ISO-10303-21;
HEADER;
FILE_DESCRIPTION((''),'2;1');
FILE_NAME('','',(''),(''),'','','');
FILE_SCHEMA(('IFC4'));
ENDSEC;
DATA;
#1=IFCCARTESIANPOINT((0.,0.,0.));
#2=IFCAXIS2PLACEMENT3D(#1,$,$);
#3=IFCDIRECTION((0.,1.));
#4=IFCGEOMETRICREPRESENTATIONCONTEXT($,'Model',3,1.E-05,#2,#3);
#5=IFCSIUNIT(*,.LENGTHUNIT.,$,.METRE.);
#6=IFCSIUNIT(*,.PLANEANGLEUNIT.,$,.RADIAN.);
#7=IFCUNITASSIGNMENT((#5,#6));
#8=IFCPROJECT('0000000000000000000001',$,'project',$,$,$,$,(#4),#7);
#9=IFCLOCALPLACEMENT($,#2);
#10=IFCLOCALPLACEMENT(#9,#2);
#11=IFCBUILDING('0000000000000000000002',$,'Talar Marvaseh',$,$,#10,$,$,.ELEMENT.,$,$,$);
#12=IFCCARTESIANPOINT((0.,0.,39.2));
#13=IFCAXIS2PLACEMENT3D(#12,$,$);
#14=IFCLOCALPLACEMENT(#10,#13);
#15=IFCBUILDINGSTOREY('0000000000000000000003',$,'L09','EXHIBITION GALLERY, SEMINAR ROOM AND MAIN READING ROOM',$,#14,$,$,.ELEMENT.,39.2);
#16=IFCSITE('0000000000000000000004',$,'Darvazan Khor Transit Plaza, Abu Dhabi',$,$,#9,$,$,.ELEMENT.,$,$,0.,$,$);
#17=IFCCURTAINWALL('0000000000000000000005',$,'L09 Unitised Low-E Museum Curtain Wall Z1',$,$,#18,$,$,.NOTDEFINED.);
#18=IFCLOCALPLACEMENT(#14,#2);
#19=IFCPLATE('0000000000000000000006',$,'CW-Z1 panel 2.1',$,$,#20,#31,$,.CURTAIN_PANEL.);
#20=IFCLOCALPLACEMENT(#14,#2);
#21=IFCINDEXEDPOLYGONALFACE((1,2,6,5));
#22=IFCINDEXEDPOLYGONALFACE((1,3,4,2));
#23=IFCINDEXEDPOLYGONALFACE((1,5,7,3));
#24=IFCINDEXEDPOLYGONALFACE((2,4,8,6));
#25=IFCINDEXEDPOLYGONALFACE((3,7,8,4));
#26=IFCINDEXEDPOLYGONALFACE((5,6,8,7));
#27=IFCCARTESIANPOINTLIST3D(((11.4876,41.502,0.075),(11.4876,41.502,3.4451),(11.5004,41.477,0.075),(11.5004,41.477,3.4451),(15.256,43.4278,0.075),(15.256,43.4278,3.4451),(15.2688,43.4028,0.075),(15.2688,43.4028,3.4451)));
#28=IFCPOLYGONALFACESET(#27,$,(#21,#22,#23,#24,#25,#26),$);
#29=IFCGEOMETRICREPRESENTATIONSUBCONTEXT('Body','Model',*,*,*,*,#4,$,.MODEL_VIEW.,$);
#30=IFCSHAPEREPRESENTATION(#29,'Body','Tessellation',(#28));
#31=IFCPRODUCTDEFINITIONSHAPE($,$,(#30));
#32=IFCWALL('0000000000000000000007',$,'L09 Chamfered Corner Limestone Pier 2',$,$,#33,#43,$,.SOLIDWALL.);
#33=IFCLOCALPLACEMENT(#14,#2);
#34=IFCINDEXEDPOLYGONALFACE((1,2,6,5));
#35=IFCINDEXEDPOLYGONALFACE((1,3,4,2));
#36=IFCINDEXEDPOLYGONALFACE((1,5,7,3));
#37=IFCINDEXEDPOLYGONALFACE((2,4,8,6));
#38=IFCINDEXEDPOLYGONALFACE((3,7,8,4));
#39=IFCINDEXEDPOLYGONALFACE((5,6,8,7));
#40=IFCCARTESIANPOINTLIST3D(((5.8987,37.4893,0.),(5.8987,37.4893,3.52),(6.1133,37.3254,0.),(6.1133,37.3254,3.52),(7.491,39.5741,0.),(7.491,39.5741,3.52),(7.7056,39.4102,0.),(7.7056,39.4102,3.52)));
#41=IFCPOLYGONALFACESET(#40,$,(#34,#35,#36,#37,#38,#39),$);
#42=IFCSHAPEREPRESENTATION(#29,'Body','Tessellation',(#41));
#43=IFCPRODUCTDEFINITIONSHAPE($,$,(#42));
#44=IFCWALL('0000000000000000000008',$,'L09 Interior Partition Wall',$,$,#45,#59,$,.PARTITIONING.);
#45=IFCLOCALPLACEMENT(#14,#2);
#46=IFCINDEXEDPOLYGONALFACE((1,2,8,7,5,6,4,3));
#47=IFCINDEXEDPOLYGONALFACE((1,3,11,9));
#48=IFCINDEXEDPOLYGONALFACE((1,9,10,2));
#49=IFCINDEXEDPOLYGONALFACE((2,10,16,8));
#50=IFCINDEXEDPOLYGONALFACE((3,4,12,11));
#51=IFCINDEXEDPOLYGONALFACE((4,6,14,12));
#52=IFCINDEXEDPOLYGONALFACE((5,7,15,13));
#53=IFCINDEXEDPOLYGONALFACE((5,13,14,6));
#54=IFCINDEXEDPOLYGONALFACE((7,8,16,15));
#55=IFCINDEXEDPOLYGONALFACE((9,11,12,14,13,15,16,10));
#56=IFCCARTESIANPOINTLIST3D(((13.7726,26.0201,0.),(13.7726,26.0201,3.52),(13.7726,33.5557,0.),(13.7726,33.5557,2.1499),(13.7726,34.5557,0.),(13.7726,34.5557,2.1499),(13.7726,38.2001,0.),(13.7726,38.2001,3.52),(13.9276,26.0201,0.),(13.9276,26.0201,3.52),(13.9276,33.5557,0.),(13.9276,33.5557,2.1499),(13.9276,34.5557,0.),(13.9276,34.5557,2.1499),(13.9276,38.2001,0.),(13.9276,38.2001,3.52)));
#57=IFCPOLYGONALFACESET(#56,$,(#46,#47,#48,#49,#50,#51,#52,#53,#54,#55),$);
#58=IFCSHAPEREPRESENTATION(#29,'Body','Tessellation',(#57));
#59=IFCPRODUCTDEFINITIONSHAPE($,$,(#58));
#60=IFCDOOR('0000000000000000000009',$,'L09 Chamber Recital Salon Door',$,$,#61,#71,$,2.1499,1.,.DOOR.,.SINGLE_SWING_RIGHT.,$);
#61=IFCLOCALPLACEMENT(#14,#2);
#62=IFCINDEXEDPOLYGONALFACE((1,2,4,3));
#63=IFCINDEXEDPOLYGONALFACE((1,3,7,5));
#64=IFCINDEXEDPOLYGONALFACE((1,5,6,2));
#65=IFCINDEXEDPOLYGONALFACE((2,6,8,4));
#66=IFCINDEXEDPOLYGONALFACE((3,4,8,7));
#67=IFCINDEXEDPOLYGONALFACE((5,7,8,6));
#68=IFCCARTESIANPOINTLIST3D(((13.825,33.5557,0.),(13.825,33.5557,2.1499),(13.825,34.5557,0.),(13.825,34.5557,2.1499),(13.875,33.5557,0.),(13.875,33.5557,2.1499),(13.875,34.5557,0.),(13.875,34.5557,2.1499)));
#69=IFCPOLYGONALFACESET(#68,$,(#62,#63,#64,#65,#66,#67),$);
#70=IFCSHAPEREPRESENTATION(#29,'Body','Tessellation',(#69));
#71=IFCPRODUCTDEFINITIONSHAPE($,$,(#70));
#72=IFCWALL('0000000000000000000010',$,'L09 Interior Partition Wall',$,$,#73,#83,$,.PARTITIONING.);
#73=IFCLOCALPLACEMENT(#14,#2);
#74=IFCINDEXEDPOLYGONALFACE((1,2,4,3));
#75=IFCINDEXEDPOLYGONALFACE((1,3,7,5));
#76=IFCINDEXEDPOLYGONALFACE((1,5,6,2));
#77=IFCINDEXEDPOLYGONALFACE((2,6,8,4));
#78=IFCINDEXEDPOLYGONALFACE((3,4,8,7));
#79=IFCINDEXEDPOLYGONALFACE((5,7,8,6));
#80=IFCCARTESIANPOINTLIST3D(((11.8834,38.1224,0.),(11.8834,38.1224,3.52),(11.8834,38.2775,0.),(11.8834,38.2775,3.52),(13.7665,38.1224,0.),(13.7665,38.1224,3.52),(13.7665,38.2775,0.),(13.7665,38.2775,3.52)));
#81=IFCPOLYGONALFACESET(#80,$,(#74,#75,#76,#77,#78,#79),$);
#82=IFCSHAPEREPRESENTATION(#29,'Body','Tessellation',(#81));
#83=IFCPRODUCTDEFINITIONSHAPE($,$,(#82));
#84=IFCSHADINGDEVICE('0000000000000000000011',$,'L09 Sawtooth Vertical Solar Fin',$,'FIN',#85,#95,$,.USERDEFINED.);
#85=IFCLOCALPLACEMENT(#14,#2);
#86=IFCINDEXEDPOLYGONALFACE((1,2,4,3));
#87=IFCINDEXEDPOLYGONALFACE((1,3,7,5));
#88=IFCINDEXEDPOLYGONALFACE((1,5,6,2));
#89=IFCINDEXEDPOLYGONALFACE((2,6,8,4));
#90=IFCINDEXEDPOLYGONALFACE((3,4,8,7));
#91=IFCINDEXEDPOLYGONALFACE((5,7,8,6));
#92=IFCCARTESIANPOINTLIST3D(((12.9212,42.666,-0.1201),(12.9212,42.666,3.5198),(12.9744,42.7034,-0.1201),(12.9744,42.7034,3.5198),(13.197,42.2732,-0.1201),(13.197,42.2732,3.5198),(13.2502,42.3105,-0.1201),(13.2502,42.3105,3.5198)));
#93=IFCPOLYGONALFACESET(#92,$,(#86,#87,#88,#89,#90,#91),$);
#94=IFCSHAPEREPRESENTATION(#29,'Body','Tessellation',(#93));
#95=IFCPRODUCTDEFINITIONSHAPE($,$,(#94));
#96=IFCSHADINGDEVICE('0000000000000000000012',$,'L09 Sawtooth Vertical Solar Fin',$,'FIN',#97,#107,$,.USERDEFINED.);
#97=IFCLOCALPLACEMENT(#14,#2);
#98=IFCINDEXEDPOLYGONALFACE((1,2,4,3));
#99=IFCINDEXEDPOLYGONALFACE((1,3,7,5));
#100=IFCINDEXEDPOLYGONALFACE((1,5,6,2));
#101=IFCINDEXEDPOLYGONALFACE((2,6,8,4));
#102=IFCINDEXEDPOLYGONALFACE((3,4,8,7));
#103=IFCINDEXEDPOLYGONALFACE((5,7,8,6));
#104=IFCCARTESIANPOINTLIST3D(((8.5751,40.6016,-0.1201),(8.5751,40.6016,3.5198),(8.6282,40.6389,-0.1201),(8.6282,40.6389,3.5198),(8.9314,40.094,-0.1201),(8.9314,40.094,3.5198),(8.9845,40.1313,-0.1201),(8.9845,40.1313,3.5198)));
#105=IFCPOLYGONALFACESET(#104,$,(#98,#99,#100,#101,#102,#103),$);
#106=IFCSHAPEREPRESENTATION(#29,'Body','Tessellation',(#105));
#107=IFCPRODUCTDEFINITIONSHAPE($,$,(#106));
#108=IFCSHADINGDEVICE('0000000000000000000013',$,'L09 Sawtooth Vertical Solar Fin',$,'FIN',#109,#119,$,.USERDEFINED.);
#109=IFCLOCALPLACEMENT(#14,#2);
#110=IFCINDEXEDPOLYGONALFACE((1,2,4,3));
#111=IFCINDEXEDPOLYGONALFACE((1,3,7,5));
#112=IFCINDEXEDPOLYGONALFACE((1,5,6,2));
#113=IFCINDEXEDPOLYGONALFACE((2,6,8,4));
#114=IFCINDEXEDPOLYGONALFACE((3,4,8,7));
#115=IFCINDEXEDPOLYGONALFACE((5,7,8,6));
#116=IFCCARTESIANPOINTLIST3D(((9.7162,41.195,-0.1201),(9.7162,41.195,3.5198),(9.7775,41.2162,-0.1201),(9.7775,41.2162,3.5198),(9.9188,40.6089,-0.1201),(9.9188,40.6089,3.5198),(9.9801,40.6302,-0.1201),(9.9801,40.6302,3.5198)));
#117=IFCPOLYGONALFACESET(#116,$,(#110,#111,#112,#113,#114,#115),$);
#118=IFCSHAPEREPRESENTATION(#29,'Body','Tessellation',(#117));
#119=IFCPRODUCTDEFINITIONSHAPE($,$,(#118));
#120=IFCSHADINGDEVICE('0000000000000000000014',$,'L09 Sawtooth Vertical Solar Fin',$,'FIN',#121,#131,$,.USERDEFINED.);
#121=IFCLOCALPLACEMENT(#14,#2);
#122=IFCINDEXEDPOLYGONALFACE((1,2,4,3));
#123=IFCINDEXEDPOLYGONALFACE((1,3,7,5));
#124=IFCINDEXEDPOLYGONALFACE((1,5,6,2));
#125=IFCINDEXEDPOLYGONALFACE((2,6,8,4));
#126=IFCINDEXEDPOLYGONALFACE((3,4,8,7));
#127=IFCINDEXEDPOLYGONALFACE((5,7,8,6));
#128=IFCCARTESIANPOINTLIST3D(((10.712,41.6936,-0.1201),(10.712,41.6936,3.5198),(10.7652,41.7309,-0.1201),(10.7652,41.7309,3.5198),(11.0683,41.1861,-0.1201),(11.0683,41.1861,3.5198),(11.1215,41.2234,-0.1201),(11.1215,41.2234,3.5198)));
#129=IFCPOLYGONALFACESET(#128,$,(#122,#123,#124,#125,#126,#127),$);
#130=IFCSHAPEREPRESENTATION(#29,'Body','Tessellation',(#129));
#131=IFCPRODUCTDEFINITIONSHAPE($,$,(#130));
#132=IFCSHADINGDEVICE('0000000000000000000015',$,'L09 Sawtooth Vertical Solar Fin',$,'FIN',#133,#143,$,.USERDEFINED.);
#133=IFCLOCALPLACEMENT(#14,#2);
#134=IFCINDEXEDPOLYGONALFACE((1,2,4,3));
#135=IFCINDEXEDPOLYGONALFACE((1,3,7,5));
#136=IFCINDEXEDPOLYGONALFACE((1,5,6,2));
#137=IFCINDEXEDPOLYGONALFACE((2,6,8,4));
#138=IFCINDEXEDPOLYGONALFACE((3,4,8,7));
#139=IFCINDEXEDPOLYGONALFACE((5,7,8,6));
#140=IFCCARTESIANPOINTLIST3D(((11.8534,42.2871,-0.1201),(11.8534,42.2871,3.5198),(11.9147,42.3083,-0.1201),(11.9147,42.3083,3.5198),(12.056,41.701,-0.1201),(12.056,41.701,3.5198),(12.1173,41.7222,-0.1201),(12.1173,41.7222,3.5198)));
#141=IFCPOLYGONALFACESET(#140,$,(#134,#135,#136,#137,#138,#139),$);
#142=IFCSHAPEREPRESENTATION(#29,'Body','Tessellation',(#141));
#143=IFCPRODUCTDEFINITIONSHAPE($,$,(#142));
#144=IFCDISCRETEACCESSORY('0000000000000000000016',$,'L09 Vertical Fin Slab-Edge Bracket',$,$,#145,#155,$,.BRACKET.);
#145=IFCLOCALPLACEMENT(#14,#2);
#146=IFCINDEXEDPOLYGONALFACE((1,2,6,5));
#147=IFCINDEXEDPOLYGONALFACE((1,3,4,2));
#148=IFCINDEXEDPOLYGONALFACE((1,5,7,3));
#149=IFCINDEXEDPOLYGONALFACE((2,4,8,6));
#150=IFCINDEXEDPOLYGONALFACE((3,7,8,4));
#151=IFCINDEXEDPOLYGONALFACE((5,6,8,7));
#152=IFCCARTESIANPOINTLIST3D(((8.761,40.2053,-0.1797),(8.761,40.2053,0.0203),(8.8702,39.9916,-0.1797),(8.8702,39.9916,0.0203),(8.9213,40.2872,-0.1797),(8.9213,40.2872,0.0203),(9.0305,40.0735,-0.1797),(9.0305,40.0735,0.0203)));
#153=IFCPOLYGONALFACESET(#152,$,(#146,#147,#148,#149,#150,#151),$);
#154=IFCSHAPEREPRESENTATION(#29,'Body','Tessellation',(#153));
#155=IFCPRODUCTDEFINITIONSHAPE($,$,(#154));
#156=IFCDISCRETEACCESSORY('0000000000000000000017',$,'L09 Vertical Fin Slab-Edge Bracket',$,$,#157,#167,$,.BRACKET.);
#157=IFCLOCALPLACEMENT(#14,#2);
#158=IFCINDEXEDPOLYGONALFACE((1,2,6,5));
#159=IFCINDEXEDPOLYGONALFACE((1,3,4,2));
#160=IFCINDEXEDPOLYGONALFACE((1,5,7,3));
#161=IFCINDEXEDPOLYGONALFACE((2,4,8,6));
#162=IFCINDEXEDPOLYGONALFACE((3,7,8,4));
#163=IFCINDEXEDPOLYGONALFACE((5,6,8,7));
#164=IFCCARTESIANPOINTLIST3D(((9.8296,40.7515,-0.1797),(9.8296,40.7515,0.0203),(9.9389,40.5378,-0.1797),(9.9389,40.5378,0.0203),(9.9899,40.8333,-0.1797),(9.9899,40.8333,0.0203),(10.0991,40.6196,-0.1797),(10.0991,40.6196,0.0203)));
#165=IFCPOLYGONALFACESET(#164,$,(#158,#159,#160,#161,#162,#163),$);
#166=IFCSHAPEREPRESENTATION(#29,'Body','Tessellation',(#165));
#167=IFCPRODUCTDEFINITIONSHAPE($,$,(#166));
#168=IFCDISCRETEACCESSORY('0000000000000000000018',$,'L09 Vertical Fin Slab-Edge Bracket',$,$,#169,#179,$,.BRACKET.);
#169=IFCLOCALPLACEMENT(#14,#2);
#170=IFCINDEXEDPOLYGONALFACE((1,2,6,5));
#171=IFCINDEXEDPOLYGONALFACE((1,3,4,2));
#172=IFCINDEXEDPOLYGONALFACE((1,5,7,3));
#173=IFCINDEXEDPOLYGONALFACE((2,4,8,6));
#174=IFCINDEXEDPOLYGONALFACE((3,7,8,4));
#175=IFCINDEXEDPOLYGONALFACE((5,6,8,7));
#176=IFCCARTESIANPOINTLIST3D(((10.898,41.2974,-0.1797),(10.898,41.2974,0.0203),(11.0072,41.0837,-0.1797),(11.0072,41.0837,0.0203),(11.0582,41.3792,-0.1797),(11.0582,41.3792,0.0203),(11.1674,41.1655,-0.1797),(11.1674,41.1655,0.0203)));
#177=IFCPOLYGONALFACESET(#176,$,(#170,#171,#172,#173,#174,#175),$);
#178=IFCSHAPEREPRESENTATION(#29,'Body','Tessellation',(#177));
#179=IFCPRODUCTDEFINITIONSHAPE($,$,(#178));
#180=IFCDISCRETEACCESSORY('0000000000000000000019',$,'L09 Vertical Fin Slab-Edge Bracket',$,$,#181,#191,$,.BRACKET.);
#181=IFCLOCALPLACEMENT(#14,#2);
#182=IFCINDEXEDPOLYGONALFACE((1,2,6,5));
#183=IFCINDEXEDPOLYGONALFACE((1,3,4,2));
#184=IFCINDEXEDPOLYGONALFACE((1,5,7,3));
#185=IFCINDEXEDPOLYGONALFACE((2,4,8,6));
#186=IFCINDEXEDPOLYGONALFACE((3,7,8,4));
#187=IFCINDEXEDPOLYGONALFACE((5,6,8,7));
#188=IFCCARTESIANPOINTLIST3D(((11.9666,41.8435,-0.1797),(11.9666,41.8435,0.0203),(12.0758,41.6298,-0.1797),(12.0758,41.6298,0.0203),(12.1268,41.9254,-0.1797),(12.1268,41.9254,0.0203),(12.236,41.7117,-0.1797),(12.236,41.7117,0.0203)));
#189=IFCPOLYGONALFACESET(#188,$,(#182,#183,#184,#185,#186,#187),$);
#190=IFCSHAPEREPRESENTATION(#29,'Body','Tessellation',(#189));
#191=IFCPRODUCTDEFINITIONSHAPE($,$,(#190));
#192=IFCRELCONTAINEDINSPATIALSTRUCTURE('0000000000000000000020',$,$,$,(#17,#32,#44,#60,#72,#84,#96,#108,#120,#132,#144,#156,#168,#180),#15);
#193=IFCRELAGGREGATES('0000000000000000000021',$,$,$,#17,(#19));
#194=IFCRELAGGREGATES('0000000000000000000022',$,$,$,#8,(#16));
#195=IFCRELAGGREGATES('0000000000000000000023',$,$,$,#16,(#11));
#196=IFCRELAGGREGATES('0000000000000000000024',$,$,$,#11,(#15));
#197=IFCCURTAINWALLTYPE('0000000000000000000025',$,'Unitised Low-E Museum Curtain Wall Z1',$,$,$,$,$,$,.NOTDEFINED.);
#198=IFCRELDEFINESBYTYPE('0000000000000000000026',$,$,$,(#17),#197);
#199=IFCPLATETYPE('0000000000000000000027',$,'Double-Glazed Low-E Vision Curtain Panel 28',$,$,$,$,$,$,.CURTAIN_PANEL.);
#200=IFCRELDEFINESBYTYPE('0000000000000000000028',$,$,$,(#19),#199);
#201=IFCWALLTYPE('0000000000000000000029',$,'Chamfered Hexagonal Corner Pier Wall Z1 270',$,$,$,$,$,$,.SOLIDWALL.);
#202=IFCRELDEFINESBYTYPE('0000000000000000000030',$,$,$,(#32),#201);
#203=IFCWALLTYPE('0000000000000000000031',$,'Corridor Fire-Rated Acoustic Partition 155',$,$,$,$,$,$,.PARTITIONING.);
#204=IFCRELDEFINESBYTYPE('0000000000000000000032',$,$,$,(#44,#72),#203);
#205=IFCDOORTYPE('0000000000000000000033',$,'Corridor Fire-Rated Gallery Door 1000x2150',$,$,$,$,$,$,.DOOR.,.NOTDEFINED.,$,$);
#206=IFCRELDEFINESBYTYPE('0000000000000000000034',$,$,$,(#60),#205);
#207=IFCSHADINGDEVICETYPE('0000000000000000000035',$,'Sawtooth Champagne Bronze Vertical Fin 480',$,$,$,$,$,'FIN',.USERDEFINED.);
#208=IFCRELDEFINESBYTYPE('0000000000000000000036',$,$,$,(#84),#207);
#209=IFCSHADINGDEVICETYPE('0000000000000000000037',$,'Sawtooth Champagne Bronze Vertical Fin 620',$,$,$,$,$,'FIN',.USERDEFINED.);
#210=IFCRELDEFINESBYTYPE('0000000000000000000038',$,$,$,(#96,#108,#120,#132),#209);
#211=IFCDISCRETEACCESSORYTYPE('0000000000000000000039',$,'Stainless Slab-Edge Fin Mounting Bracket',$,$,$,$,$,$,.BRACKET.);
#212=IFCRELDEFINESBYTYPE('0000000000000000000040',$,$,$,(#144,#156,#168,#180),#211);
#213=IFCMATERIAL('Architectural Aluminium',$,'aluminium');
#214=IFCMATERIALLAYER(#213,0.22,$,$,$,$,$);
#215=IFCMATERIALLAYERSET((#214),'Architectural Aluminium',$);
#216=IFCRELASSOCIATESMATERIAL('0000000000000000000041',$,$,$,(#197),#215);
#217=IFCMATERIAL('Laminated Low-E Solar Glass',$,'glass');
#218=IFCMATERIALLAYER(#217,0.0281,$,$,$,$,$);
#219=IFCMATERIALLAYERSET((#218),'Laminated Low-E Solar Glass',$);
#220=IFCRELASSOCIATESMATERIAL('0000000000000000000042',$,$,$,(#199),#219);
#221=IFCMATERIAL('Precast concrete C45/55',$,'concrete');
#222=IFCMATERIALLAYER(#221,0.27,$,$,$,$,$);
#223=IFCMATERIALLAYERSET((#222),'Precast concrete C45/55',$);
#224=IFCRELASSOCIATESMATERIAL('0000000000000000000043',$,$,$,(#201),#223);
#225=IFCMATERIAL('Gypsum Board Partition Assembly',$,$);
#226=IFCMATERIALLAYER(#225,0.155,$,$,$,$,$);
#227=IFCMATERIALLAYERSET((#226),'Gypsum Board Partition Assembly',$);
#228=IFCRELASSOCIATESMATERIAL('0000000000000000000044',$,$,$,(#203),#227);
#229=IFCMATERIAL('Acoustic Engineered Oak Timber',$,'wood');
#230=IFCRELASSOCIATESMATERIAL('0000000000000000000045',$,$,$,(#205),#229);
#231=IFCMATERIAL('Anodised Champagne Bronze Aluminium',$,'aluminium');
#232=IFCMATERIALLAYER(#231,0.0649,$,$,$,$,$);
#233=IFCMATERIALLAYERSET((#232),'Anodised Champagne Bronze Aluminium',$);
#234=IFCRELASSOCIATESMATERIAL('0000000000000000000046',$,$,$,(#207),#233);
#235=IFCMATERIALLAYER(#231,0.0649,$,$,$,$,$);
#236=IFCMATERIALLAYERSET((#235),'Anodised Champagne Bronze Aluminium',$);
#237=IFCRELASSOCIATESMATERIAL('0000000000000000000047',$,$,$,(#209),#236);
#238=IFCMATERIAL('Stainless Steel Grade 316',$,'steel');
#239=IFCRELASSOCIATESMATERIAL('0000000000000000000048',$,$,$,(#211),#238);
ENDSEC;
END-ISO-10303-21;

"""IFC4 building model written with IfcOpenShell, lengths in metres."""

from ifc_helpers import new_model, si_unit, direction, frame, frame_2d, origin, origin_2d, place, context, subcontext, project, spatial, rectangle, extrude, source, transform, mapped, material, layer, layer_set, type_object, type_shapes, element, fill, aggregate, save


model = new_model("IFC4")

# Units and contexts
model_context = context("Model", 3, precision=1e-05, world=origin(), true_north=direction((0.0, 1.0)))
body_context = subcontext(model_context, "Body", "Model", "MODEL_VIEW")
ifc_project = project(units=[si_unit("LENGTHUNIT", "METRE"), si_unit("PLANEANGLEUNIT", "RADIAN")], contexts=[model_context])

# Site, building, storey
site_placement = place(None, origin())
site = spatial("IfcSite", under=ifc_project, at=site_placement, Name="Darvazan Khor Transit Plaza, Abu Dhabi", CompositionType="ELEMENT", RefElevation=0.0)
building_placement = place(site_placement, origin())
building = spatial("IfcBuilding", under=site, at=building_placement, Name="Talar Marvaseh", CompositionType="ELEMENT")
storey_placement = place(building_placement, frame((0.0, 0.0, 39.2)))
storey = spatial("IfcBuildingStorey", under=building, at=storey_placement, Name="L09", Description="EXHIBITION GALLERY, SEMINAR ROOM AND MAIN READING ROOM", CompositionType="ELEMENT", Elevation=39.2)

# Shared definitions
ifc_material_1 = material(Name="Architectural Aluminium", Category="aluminium")
ifc_layer_1 = layer(ifc_material_1, 0.22)
ifc_layer_set_1 = layer_set([ifc_layer_1], Name="Architectural Aluminium")
curtain_wall_type = type_object("IfcCurtainWallType", Name="Unitised Low-E Museum Curtain Wall Z1", PredefinedType="NOTDEFINED", material=ifc_layer_set_1)

# Curtain wall, plate
curtain_wall_1_placement = place(storey_placement, origin())
curtain_wall_1 = element("IfcCurtainWall", 1, at=curtain_wall_1_placement, inside=storey, type_object=curtain_wall_type, Name="L09 Unitised Low-E Museum Curtain Wall Z1", PredefinedType="NOTDEFINED")
ifc_material_2 = material(Name="Laminated Low-E Solar Glass", Category="glass")
ifc_layer_2 = layer(ifc_material_2, 0.0281)
ifc_layer_set_2 = layer_set([ifc_layer_2], Name="Laminated Low-E Solar Glass")
plate_type = type_object("IfcPlateType", Name="Double-Glazed Low-E Vision Curtain Panel 28", PredefinedType="CURTAIN_PANEL", material=ifc_layer_set_2)
shared_shape_1 = source(origin(), body_context, "Body", "SweptSolid", [
    extrude(rectangle(XDim=4.2319, YDim=0.0281, at=origin_2d()), origin(), (0.0, 0.0, 1.0), 3.3701),
])
plate_1_placement = place(storey_placement, frame((13.3782, 42.4524, 0.075), z_axis=(0.0, 0.0, 1.0), x_axis=(0.890469, 0.455044, 0.0)))
plate_1 = element("IfcPlate", 2, at=plate_1_placement, type_object=plate_type, Name="CW-Z1 panel 2.1", PredefinedType="CURTAIN_PANEL", context=body_context, shape_type="MappedRepresentation", body=[
    mapped(shared_shape_1, transform((0.0, 0.0, 0.0), x_axis=(1.0, 0.0, 0.0), y_axis=(0.0, 1.0, 0.0), z_axis=(0.0, 0.0, 1.0), scale=1.0)),
])
aggregate(curtain_wall_1, [plate_1])

# Wall
ifc_material_3 = material(Name="Precast concrete C45/55", Category="concrete")
ifc_layer_3 = layer(ifc_material_3, 0.27)
ifc_layer_set_3 = layer_set([ifc_layer_3], Name="Precast concrete C45/55")
wall_type_1 = type_object("IfcWallType", Name="Chamfered Hexagonal Corner Pier Wall Z1 270", PredefinedType="SOLIDWALL", material=ifc_layer_set_3)
wall_1_placement = place(storey_placement, frame((6.0061, 37.4075, 0.0), z_axis=(0.0, 0.0, 1.0), x_axis=(0.606991, 0.794709, 0.0)))
element("IfcWall", 3, at=wall_1_placement, inside=storey, type_object=wall_type_1, Name="L09 Chamfered Corner Limestone Pier 2", PredefinedType="SOLIDWALL", context=body_context, shape_type="SweptSolid", body=[
    extrude(rectangle(XDim=2.6233, YDim=0.27, at=frame_2d((1.3115, 0.0))), origin(), (0.0, 0.0, 1.0), 3.52),
])

# Wall, opening, door
ifc_material_4 = material(Name="Gypsum Board Partition Assembly")
ifc_layer_4 = layer(ifc_material_4, 0.155)
ifc_layer_set_4 = layer_set([ifc_layer_4], Name="Gypsum Board Partition Assembly")
wall_type_2 = type_object("IfcWallType", Name="Corridor Fire-Rated Acoustic Partition 155", PredefinedType="PARTITIONING", material=ifc_layer_set_4)
wall_2_placement = place(storey_placement, frame((13.8501, 38.2, 0.0), z_axis=(0.0, 0.0, 1.0), x_axis=(0.0, -1.0, 0.0)))
wall_2 = element("IfcWall", 4, at=wall_2_placement, inside=storey, type_object=wall_type_2, Name="L09 Interior Partition Wall", PredefinedType="PARTITIONING", context=body_context, shape_type="SweptSolid", body=[
    extrude(rectangle(XDim=12.1799, YDim=0.155, at=frame_2d((6.0898, 0.0))), origin(), (0.0, 0.0, 1.0), 3.52),
])
opening_placement = place(wall_2_placement, frame((3.6443, 0.0, 0.0)))
opening = element("IfcOpeningElement", 5, at=opening_placement, cuts=wall_2, PredefinedType="OPENING", context=body_context, shape_type="SweptSolid", body=[
    extrude(rectangle(XDim=1.0, YDim=2.1499, at=frame_2d((0.5, 1.075))), frame((0.0, 0.0874, 0.0), z_axis=(0.0, -1.0, 0.0), x_axis=(1.0, 0.0, 0.0)), (0.0, 0.0, 1.0), 0.175),
])
ifc_material_5 = material(Name="Acoustic Engineered Oak Timber", Category="wood")
door_type = type_object("IfcDoorType", Name="Corridor Fire-Rated Gallery Door 1000x2150", OperationType="NOTDEFINED", PredefinedType="DOOR", material=ifc_material_5)
shared_shape_2 = source(origin(), body_context, "Body", "SweptSolid", [
    extrude(rectangle(XDim=1.0, YDim=2.1499, at=frame_2d((0.5, 1.075))), frame((0.0, 0.0249, 0.0), z_axis=(0.0, -1.0, 0.0), x_axis=(1.0, 0.0, 0.0)), (0.0, 0.0, 1.0), 0.05),
])
type_shapes(door_type, [shared_shape_2])
door_placement = place(opening_placement, origin())
door = element("IfcDoor", 6, at=door_placement, inside=storey, type_object=door_type, Name="L09 Chamber Recital Salon Door", OperationType="SINGLE_SWING_RIGHT", OverallHeight=2.1499, OverallWidth=1.0, PredefinedType="DOOR", context=body_context, shape_type="MappedRepresentation", body=[
    mapped(shared_shape_2, transform((0.0, 0.0, 0.0), x_axis=(1.0, 0.0, 0.0), y_axis=(0.0, 1.0, 0.0), z_axis=(0.0, 0.0, 1.0), scale=1.0)),
])
fill(opening, door)

# Wall
wall_3_placement = place(storey_placement, frame((11.8835, 38.2, 0.0), z_axis=(0.0, 0.0, 1.0), x_axis=(1.0, 0.0, 0.0)))
element("IfcWall", 7, at=wall_3_placement, inside=storey, type_object=wall_type_2, Name="L09 Interior Partition Wall", PredefinedType="PARTITIONING", context=body_context, shape_type="SweptSolid", body=[
    extrude(rectangle(XDim=1.8831, YDim=0.155, at=frame_2d((0.9414, 0.0))), origin(), (0.0, 0.0, 1.0), 3.52),
])

# Shading devices
ifc_material_6 = material(Name="Anodised Champagne Bronze Aluminium", Category="aluminium")
ifc_layer_5 = layer(ifc_material_6, 0.0649)
ifc_layer_set_5 = layer_set([ifc_layer_5], Name="Anodised Champagne Bronze Aluminium")
shading_device_type_1 = type_object("IfcShadingDeviceType", Name="Sawtooth Champagne Bronze Vertical Fin 480", ElementType="FIN", PredefinedType="USERDEFINED", material=ifc_layer_set_5)
shared_shape_3 = source(origin(), body_context, "Body", "SweptSolid", [
    extrude(rectangle(XDim=0.48, YDim=0.0649, at=origin_2d()), origin(), (0.0, 0.0, 1.0), 3.6399),
])
type_shapes(shading_device_type_1, [shared_shape_3])
shading_device_placement = place(storey_placement, frame((13.0857, 42.4883, -0.1201), z_axis=(0.0, 0.0, 1.0), x_axis=(-0.574577, 0.818451, 0.0)))
element("IfcShadingDevice", 8, at=shading_device_placement, inside=storey, type_object=shading_device_type_1, Name="L09 Sawtooth Vertical Solar Fin", ObjectType="FIN", PredefinedType="USERDEFINED", context=body_context, shape_type="MappedRepresentation", body=[
    mapped(shared_shape_3, transform((0.0, 0.0, 0.0), x_axis=(1.0, 0.0, 0.0), y_axis=(0.0, 1.0, 0.0), z_axis=(0.0, 0.0, 1.0), scale=1.0)),
])
ifc_layer_6 = layer(ifc_material_6, 0.0649)
ifc_layer_set_6 = layer_set([ifc_layer_6], Name="Anodised Champagne Bronze Aluminium")
shading_device_type_2 = type_object("IfcShadingDeviceType", Name="Sawtooth Champagne Bronze Vertical Fin 620", ElementType="FIN", PredefinedType="USERDEFINED", material=ifc_layer_set_6)
shared_shape_4 = source(origin(), body_context, "Body", "SweptSolid", [
    extrude(rectangle(XDim=0.6201, YDim=0.0649, at=origin_2d()), origin(), (0.0, 0.0, 1.0), 3.6399),
])
type_shapes(shading_device_type_2, [shared_shape_4])
for number, where, z_axis, x_axis, name in (
    (9, (8.7798, 40.3665, -0.1201), (0.0, 0.0, 1.0), (-0.574577, 0.818451, 0.0), "L09 Sawtooth Vertical Solar Fin"),
    (10, (9.8481, 40.9126, -0.1201), (0.0, 0.0, 1.0), (-0.326723, 0.94512, 0.0), "L09 Sawtooth Vertical Solar Fin"),
    (11, (10.9167, 41.4585, -0.1201), (0.0, 0.0, 1.0), (-0.574577, 0.818451, 0.0), "L09 Sawtooth Vertical Solar Fin"),
    (12, (11.9854, 42.0046, -0.1201), (0.0, 0.0, 1.0), (-0.326723, 0.94512, 0.0), "L09 Sawtooth Vertical Solar Fin"),
):
    element("IfcShadingDevice", number, at=place(storey_placement, frame(where, z_axis=z_axis, x_axis=x_axis)), inside=storey, type_object=shading_device_type_2, Name=name, ObjectType="FIN", PredefinedType="USERDEFINED", context=body_context, shape_type="MappedRepresentation", body=[
        mapped(shared_shape_4, transform((0.0, 0.0, 0.0), x_axis=(1.0, 0.0, 0.0), y_axis=(0.0, 1.0, 0.0), z_axis=(0.0, 0.0, 1.0), scale=1.0)),
    ])

# Discrete accessories
ifc_material_7 = material(Name="Stainless Steel Grade 316", Category="steel")
discrete_accessory_type = type_object("IfcDiscreteAccessoryType", Name="Stainless Slab-Edge Fin Mounting Bracket", PredefinedType="BRACKET", material=ifc_material_7)
shared_shape_5 = source(origin(), body_context, "Body", "SweptSolid", [
    extrude(rectangle(XDim=0.24, YDim=0.1799, at=origin_2d()), origin(), (0.0, 0.0, 1.0), 0.2),
])
type_shapes(discrete_accessory_type, [shared_shape_5])
for number, where, z_axis, x_axis, name in (
    (13, (8.8958, 40.1394, -0.1797), (0.0, 0.0, 1.0), (-0.455079, 0.890451, 0.0), "L09 Vertical Fin Slab-Edge Bracket"),
    (14, (9.9644, 40.6855, -0.1797), (0.0, 0.0, 1.0), (-0.455079, 0.890451, 0.0), "L09 Vertical Fin Slab-Edge Bracket"),
    (15, (11.0327, 41.2314, -0.1797), (0.0, 0.0, 1.0), (-0.455079, 0.890451, 0.0), "L09 Vertical Fin Slab-Edge Bracket"),
    (16, (12.1013, 41.7776, -0.1797), (0.0, 0.0, 1.0), (-0.455079, 0.890451, 0.0), "L09 Vertical Fin Slab-Edge Bracket"),
):
    element("IfcDiscreteAccessory", number, at=place(storey_placement, frame(where, z_axis=z_axis, x_axis=x_axis)), inside=storey, type_object=discrete_accessory_type, Name=name, PredefinedType="BRACKET", context=body_context, shape_type="MappedRepresentation", body=[
        mapped(shared_shape_5, transform((0.0, 0.0, 0.0), x_axis=(1.0, 0.0, 0.0), y_axis=(0.0, 1.0, 0.0), z_axis=(0.0, 0.0, 1.0), scale=1.0)),
    ])

save(model, "model.ifc")
